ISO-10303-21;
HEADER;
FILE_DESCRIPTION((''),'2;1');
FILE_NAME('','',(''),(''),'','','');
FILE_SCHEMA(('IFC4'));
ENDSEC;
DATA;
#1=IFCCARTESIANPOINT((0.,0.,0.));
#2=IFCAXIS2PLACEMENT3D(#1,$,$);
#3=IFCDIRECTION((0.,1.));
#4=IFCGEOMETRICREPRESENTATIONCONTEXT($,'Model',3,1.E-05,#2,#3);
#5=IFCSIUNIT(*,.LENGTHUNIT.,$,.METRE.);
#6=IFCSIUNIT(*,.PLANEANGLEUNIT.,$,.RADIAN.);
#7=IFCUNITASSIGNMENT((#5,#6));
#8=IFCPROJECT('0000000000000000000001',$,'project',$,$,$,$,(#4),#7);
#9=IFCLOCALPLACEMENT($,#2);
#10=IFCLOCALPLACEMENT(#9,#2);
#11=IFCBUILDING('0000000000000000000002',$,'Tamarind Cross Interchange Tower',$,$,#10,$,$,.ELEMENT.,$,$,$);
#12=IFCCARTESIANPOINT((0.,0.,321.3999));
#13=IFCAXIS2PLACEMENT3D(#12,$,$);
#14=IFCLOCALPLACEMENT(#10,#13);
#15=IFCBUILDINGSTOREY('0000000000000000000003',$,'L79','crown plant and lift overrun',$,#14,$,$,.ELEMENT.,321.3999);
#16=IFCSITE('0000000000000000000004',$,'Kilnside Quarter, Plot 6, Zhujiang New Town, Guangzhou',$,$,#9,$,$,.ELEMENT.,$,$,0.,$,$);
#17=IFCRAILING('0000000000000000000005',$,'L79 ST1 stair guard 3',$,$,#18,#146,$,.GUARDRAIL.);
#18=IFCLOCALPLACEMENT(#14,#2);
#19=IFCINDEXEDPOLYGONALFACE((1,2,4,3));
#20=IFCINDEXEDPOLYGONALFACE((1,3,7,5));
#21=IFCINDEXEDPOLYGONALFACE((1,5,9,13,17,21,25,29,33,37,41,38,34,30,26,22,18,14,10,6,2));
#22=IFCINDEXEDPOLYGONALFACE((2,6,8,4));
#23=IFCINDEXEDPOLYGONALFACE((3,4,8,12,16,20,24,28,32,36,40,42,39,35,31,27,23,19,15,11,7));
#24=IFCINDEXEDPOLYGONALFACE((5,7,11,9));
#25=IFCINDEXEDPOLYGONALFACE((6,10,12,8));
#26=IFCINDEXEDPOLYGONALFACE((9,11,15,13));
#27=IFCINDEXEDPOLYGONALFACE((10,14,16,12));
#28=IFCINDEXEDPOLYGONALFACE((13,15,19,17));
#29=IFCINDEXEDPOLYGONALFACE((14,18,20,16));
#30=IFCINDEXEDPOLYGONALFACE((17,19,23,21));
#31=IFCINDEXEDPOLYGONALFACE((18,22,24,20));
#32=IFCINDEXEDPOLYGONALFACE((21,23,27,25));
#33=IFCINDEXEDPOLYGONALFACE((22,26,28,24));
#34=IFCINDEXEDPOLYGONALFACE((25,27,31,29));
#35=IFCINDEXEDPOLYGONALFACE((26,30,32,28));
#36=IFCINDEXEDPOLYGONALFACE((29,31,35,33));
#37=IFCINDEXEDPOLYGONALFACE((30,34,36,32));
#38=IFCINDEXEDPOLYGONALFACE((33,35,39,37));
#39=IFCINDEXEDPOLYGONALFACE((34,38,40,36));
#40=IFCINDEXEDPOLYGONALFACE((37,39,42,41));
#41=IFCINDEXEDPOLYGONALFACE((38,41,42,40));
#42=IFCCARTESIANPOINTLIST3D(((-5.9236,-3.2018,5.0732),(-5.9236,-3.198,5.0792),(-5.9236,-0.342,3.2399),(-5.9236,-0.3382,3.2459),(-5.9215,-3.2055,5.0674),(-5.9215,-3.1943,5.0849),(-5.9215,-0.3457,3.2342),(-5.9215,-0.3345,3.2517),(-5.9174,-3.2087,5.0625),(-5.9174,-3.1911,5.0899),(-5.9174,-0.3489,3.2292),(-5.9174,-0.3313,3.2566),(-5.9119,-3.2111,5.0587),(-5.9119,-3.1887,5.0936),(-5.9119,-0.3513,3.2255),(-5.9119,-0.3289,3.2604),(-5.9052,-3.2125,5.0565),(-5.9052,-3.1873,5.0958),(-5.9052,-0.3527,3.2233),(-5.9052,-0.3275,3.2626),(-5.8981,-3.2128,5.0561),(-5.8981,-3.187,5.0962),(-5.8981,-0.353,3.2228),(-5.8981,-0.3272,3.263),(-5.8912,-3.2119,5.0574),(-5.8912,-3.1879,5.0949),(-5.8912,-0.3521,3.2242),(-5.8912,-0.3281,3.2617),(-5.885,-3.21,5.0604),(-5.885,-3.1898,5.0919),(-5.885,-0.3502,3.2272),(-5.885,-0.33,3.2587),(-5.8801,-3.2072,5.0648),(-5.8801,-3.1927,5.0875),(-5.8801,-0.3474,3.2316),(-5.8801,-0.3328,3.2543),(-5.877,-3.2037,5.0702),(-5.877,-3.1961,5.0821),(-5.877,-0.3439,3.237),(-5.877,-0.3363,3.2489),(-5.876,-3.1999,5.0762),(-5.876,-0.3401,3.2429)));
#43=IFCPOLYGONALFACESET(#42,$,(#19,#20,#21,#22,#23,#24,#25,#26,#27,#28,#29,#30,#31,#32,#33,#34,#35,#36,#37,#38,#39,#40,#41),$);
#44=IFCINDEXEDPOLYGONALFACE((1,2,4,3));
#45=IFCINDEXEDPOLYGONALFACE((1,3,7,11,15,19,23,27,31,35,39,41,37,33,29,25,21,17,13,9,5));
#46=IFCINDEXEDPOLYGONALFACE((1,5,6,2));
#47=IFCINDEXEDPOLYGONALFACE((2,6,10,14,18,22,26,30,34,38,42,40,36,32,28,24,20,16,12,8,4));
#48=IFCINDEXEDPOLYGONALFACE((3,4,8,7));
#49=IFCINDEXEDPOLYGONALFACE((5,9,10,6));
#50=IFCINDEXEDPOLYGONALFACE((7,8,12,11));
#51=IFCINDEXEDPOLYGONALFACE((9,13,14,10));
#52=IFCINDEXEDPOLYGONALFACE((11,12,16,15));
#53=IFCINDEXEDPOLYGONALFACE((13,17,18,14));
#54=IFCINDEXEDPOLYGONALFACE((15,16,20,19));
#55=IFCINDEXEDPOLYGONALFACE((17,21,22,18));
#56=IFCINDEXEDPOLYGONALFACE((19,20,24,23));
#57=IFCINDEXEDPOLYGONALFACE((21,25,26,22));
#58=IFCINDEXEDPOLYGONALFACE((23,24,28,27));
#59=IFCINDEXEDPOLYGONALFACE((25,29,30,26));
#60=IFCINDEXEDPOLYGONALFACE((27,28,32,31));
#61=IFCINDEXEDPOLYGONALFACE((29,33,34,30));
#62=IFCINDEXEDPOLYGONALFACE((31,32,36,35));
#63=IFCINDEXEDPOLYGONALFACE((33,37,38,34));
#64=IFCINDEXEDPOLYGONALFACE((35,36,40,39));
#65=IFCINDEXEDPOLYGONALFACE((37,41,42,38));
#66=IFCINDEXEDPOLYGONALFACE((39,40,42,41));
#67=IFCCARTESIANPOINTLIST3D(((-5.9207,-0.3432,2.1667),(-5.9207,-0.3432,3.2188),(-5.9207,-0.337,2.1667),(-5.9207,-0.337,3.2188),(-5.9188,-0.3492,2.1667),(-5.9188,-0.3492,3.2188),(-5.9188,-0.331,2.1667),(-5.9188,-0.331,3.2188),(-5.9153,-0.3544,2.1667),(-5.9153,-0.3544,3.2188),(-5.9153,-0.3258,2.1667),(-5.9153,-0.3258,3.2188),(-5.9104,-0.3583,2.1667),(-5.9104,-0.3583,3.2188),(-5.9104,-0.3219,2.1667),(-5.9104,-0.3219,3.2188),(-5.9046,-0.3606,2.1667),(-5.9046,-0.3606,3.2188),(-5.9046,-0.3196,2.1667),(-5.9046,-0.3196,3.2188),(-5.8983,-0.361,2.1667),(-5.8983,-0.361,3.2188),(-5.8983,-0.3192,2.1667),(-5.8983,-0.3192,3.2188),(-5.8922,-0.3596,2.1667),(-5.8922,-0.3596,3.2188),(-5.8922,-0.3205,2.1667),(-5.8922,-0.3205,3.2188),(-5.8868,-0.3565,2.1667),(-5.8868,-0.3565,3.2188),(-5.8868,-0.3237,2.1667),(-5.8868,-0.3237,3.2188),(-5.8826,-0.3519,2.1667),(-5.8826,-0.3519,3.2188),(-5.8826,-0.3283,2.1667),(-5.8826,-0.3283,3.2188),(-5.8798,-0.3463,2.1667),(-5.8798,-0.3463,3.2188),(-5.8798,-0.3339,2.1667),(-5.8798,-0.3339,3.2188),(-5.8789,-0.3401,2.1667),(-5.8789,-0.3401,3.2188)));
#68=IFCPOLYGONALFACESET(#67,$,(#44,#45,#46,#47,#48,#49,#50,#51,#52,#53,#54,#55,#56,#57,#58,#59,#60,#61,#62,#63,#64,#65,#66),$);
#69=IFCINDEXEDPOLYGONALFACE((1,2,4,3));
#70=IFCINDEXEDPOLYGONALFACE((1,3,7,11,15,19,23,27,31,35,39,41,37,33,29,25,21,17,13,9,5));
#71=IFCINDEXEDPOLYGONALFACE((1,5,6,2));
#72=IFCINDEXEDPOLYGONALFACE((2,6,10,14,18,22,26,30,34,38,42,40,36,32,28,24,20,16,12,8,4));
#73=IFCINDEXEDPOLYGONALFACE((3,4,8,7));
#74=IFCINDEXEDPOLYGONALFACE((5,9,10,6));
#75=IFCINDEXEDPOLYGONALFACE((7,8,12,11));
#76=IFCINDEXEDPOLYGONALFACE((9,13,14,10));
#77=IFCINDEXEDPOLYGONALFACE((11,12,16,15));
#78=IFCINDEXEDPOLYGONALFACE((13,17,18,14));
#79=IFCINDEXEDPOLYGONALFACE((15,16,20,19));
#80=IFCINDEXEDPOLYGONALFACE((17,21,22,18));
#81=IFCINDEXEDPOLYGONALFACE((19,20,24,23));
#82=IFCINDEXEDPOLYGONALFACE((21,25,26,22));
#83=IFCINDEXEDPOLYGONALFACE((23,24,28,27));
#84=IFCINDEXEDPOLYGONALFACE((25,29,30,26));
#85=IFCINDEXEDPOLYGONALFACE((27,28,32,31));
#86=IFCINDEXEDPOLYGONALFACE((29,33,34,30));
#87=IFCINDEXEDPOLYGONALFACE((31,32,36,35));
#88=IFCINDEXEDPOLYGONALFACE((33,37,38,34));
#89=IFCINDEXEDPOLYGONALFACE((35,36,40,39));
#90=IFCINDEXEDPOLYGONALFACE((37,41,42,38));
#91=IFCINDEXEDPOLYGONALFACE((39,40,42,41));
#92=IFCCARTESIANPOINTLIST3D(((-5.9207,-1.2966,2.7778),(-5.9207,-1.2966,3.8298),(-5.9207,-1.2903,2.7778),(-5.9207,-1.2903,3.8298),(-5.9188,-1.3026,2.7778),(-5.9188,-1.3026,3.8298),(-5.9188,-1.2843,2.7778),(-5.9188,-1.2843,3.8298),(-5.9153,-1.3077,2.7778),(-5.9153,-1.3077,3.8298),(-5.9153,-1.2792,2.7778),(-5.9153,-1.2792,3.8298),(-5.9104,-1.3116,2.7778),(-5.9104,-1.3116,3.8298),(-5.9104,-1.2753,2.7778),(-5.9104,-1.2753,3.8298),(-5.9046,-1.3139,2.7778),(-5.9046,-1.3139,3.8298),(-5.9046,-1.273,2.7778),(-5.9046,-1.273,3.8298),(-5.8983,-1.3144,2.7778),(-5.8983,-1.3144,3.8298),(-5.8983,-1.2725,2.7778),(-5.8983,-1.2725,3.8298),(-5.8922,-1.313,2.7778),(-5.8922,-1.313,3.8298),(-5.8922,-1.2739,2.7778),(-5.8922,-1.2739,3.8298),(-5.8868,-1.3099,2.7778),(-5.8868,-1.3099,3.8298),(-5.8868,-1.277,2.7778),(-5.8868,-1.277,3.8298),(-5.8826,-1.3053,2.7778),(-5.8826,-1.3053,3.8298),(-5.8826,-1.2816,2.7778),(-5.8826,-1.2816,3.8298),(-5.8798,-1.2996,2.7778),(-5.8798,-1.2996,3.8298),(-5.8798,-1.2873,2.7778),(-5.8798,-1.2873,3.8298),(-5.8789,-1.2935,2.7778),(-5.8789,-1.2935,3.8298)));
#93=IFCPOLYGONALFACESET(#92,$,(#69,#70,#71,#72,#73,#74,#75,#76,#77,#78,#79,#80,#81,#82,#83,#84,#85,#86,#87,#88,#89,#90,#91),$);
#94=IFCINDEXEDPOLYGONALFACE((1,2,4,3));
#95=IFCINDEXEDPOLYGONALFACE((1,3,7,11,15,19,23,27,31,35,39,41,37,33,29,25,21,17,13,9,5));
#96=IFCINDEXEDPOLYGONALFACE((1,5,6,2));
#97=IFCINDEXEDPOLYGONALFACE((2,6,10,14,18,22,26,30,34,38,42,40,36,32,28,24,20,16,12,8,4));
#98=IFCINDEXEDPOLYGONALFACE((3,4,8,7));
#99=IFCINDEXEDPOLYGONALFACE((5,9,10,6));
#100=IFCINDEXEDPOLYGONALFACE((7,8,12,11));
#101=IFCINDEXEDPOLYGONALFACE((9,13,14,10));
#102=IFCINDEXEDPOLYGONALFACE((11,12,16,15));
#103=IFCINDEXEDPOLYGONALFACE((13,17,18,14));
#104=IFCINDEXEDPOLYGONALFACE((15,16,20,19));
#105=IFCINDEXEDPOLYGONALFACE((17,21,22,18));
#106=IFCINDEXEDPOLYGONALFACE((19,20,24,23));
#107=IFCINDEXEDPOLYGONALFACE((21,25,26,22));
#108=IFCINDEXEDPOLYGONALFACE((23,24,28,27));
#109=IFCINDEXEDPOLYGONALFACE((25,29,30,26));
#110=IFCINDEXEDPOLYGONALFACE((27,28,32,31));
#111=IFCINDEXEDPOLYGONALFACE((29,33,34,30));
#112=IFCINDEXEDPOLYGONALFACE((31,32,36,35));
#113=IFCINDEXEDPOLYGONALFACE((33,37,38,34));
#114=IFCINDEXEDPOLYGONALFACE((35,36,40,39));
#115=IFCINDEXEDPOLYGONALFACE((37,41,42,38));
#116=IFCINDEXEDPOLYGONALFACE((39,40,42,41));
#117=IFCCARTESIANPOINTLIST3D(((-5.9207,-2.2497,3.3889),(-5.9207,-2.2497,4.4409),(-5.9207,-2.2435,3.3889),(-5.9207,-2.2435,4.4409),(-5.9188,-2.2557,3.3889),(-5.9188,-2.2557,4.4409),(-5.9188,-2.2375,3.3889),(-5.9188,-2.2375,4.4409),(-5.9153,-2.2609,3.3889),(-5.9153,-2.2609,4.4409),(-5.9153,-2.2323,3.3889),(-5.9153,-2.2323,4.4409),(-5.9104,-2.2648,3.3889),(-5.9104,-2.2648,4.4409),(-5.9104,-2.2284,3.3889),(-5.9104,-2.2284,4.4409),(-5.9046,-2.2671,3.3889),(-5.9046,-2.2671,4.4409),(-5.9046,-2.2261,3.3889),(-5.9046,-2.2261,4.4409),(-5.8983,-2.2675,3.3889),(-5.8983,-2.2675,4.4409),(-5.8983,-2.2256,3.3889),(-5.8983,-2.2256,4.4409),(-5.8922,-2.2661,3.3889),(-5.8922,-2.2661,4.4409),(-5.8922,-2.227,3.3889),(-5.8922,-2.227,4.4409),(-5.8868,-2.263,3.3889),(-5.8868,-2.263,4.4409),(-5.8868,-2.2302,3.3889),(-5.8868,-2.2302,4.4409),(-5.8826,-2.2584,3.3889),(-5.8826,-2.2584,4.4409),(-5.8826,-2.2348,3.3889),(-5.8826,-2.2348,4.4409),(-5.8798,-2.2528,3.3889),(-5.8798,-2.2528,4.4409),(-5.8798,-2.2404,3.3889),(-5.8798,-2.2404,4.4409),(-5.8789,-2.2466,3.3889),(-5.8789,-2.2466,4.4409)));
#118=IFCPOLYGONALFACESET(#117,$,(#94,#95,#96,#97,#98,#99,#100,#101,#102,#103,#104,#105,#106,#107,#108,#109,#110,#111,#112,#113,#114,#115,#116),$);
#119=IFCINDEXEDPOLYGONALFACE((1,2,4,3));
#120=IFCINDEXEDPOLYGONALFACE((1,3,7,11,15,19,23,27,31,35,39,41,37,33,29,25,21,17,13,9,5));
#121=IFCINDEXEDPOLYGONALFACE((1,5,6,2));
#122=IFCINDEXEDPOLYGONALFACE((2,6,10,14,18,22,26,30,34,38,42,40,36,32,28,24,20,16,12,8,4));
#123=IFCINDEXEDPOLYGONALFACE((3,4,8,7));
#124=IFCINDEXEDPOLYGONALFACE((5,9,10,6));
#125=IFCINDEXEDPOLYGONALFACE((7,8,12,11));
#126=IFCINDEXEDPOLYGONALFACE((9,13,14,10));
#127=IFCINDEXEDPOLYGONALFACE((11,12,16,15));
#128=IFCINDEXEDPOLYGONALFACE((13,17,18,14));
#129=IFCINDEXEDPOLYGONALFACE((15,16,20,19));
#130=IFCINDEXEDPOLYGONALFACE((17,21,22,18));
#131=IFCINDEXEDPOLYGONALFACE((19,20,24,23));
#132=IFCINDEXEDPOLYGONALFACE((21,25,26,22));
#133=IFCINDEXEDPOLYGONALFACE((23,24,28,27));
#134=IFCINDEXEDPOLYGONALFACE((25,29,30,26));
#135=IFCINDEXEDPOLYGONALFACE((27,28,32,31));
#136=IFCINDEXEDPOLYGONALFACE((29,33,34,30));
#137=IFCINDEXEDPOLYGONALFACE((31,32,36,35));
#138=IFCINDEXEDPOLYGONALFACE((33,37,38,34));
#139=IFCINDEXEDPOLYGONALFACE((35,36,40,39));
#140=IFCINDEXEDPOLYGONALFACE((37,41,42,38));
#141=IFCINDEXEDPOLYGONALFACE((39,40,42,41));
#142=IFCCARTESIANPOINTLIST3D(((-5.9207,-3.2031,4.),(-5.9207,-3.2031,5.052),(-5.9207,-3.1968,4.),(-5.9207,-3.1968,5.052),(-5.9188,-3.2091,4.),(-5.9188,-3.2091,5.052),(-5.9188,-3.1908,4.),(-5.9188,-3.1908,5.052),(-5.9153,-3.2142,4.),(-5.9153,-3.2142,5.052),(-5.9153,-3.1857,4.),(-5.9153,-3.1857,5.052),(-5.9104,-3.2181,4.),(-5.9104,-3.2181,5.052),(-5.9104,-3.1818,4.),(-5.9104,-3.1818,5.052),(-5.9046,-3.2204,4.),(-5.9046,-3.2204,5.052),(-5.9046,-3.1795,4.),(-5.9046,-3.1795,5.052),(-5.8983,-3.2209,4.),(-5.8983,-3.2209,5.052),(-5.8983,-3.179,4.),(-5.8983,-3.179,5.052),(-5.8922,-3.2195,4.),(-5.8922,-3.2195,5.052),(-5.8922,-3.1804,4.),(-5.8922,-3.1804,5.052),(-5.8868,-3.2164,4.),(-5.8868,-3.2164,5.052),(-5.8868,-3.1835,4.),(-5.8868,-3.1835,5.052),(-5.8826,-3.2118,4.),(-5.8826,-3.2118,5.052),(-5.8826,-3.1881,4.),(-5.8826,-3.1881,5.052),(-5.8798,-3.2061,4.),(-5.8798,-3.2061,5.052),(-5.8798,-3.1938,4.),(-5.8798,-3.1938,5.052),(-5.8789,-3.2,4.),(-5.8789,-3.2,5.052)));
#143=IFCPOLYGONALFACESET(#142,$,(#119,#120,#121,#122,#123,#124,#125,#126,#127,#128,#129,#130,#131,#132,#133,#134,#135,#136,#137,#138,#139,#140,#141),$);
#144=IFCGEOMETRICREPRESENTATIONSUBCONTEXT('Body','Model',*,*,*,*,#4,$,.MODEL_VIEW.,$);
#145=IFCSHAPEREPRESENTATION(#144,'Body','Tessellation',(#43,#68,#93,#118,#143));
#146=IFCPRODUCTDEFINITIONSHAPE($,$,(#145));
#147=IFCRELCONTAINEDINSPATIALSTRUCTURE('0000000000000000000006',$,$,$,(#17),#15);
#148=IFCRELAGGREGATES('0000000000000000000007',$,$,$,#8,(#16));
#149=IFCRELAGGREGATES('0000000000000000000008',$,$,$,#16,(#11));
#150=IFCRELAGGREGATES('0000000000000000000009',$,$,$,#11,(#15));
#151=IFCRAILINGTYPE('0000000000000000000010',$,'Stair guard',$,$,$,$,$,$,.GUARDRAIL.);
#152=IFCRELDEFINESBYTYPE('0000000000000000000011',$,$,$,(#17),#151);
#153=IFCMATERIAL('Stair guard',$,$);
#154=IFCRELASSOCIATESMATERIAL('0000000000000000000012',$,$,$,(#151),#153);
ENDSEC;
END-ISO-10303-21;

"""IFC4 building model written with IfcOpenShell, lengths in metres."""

from ifc_helpers import new_model, si_unit, direction, frame, origin, origin_2d, place, context, subcontext, project, spatial, circle, extrude, material, type_object, element, save


model = new_model("IFC4")

# Units and contexts
model_context = context("Model", 3, precision=1e-05, world=origin(), true_north=direction((0.0, 1.0)))
body_context = subcontext(model_context, "Body", "Model", "MODEL_VIEW")
ifc_project = project(units=[si_unit("LENGTHUNIT", "METRE"), si_unit("PLANEANGLEUNIT", "RADIAN")], contexts=[model_context])

# Site, building, storey
site_placement = place(None, origin())
site = spatial("IfcSite", under=ifc_project, at=site_placement, Name="Kilnside Quarter, Plot 6, Zhujiang New Town, Guangzhou", CompositionType="ELEMENT", RefElevation=0.0)
building_placement = place(site_placement, origin())
building = spatial("IfcBuilding", under=site, at=building_placement, Name="Tamarind Cross Interchange Tower", CompositionType="ELEMENT")
storey_placement = place(building_placement, frame((0.0, 0.0, 321.3999)))
storey = spatial("IfcBuildingStorey", under=building, at=storey_placement, Name="L79", Description="crown plant and lift overrun", CompositionType="ELEMENT", Elevation=321.3999)

# Railing
ifc_material_1 = material(Name="Stair guard")
railing_type_1 = type_object("IfcRailingType", Name="Stair guard", PredefinedType="GUARDRAIL", material=ifc_material_1)
railing_1_placement = place(storey_placement, frame((-5.8999, -0.3401, 2.1667)))
element("IfcRailing", 1, at=railing_1_placement, inside=storey, type_object=railing_type_1, Name="L79 ST1 stair guard 3", PredefinedType="GUARDRAIL", context=body_context, shape_type="SweptSolid", body=[
    extrude(circle(Radius=0.0239, at=origin_2d()), frame((0.0, 0.0, 1.0762), z_axis=(0.0, -0.841878, 0.539667), x_axis=(1.0, 0.0, 0.0)), (0.0, 0.0, 1.0), 3.397),
    extrude(circle(Radius=0.021, at=origin_2d()), origin(), (0.0, 0.0, 1.0), 1.052),
    extrude(circle(Radius=0.021, at=origin_2d()), frame((0.0, -0.9534, 0.6111)), (0.0, 0.0, 1.0), 1.052),
    extrude(circle(Radius=0.021, at=origin_2d()), frame((0.0, -1.9065, 1.2222)), (0.0, 0.0, 1.0), 1.052),
    extrude(circle(Radius=0.021, at=origin_2d()), frame((0.0, -2.8599, 1.8333)), (0.0, 0.0, 1.0), 1.052),
])

save(model, "model.ifc")
